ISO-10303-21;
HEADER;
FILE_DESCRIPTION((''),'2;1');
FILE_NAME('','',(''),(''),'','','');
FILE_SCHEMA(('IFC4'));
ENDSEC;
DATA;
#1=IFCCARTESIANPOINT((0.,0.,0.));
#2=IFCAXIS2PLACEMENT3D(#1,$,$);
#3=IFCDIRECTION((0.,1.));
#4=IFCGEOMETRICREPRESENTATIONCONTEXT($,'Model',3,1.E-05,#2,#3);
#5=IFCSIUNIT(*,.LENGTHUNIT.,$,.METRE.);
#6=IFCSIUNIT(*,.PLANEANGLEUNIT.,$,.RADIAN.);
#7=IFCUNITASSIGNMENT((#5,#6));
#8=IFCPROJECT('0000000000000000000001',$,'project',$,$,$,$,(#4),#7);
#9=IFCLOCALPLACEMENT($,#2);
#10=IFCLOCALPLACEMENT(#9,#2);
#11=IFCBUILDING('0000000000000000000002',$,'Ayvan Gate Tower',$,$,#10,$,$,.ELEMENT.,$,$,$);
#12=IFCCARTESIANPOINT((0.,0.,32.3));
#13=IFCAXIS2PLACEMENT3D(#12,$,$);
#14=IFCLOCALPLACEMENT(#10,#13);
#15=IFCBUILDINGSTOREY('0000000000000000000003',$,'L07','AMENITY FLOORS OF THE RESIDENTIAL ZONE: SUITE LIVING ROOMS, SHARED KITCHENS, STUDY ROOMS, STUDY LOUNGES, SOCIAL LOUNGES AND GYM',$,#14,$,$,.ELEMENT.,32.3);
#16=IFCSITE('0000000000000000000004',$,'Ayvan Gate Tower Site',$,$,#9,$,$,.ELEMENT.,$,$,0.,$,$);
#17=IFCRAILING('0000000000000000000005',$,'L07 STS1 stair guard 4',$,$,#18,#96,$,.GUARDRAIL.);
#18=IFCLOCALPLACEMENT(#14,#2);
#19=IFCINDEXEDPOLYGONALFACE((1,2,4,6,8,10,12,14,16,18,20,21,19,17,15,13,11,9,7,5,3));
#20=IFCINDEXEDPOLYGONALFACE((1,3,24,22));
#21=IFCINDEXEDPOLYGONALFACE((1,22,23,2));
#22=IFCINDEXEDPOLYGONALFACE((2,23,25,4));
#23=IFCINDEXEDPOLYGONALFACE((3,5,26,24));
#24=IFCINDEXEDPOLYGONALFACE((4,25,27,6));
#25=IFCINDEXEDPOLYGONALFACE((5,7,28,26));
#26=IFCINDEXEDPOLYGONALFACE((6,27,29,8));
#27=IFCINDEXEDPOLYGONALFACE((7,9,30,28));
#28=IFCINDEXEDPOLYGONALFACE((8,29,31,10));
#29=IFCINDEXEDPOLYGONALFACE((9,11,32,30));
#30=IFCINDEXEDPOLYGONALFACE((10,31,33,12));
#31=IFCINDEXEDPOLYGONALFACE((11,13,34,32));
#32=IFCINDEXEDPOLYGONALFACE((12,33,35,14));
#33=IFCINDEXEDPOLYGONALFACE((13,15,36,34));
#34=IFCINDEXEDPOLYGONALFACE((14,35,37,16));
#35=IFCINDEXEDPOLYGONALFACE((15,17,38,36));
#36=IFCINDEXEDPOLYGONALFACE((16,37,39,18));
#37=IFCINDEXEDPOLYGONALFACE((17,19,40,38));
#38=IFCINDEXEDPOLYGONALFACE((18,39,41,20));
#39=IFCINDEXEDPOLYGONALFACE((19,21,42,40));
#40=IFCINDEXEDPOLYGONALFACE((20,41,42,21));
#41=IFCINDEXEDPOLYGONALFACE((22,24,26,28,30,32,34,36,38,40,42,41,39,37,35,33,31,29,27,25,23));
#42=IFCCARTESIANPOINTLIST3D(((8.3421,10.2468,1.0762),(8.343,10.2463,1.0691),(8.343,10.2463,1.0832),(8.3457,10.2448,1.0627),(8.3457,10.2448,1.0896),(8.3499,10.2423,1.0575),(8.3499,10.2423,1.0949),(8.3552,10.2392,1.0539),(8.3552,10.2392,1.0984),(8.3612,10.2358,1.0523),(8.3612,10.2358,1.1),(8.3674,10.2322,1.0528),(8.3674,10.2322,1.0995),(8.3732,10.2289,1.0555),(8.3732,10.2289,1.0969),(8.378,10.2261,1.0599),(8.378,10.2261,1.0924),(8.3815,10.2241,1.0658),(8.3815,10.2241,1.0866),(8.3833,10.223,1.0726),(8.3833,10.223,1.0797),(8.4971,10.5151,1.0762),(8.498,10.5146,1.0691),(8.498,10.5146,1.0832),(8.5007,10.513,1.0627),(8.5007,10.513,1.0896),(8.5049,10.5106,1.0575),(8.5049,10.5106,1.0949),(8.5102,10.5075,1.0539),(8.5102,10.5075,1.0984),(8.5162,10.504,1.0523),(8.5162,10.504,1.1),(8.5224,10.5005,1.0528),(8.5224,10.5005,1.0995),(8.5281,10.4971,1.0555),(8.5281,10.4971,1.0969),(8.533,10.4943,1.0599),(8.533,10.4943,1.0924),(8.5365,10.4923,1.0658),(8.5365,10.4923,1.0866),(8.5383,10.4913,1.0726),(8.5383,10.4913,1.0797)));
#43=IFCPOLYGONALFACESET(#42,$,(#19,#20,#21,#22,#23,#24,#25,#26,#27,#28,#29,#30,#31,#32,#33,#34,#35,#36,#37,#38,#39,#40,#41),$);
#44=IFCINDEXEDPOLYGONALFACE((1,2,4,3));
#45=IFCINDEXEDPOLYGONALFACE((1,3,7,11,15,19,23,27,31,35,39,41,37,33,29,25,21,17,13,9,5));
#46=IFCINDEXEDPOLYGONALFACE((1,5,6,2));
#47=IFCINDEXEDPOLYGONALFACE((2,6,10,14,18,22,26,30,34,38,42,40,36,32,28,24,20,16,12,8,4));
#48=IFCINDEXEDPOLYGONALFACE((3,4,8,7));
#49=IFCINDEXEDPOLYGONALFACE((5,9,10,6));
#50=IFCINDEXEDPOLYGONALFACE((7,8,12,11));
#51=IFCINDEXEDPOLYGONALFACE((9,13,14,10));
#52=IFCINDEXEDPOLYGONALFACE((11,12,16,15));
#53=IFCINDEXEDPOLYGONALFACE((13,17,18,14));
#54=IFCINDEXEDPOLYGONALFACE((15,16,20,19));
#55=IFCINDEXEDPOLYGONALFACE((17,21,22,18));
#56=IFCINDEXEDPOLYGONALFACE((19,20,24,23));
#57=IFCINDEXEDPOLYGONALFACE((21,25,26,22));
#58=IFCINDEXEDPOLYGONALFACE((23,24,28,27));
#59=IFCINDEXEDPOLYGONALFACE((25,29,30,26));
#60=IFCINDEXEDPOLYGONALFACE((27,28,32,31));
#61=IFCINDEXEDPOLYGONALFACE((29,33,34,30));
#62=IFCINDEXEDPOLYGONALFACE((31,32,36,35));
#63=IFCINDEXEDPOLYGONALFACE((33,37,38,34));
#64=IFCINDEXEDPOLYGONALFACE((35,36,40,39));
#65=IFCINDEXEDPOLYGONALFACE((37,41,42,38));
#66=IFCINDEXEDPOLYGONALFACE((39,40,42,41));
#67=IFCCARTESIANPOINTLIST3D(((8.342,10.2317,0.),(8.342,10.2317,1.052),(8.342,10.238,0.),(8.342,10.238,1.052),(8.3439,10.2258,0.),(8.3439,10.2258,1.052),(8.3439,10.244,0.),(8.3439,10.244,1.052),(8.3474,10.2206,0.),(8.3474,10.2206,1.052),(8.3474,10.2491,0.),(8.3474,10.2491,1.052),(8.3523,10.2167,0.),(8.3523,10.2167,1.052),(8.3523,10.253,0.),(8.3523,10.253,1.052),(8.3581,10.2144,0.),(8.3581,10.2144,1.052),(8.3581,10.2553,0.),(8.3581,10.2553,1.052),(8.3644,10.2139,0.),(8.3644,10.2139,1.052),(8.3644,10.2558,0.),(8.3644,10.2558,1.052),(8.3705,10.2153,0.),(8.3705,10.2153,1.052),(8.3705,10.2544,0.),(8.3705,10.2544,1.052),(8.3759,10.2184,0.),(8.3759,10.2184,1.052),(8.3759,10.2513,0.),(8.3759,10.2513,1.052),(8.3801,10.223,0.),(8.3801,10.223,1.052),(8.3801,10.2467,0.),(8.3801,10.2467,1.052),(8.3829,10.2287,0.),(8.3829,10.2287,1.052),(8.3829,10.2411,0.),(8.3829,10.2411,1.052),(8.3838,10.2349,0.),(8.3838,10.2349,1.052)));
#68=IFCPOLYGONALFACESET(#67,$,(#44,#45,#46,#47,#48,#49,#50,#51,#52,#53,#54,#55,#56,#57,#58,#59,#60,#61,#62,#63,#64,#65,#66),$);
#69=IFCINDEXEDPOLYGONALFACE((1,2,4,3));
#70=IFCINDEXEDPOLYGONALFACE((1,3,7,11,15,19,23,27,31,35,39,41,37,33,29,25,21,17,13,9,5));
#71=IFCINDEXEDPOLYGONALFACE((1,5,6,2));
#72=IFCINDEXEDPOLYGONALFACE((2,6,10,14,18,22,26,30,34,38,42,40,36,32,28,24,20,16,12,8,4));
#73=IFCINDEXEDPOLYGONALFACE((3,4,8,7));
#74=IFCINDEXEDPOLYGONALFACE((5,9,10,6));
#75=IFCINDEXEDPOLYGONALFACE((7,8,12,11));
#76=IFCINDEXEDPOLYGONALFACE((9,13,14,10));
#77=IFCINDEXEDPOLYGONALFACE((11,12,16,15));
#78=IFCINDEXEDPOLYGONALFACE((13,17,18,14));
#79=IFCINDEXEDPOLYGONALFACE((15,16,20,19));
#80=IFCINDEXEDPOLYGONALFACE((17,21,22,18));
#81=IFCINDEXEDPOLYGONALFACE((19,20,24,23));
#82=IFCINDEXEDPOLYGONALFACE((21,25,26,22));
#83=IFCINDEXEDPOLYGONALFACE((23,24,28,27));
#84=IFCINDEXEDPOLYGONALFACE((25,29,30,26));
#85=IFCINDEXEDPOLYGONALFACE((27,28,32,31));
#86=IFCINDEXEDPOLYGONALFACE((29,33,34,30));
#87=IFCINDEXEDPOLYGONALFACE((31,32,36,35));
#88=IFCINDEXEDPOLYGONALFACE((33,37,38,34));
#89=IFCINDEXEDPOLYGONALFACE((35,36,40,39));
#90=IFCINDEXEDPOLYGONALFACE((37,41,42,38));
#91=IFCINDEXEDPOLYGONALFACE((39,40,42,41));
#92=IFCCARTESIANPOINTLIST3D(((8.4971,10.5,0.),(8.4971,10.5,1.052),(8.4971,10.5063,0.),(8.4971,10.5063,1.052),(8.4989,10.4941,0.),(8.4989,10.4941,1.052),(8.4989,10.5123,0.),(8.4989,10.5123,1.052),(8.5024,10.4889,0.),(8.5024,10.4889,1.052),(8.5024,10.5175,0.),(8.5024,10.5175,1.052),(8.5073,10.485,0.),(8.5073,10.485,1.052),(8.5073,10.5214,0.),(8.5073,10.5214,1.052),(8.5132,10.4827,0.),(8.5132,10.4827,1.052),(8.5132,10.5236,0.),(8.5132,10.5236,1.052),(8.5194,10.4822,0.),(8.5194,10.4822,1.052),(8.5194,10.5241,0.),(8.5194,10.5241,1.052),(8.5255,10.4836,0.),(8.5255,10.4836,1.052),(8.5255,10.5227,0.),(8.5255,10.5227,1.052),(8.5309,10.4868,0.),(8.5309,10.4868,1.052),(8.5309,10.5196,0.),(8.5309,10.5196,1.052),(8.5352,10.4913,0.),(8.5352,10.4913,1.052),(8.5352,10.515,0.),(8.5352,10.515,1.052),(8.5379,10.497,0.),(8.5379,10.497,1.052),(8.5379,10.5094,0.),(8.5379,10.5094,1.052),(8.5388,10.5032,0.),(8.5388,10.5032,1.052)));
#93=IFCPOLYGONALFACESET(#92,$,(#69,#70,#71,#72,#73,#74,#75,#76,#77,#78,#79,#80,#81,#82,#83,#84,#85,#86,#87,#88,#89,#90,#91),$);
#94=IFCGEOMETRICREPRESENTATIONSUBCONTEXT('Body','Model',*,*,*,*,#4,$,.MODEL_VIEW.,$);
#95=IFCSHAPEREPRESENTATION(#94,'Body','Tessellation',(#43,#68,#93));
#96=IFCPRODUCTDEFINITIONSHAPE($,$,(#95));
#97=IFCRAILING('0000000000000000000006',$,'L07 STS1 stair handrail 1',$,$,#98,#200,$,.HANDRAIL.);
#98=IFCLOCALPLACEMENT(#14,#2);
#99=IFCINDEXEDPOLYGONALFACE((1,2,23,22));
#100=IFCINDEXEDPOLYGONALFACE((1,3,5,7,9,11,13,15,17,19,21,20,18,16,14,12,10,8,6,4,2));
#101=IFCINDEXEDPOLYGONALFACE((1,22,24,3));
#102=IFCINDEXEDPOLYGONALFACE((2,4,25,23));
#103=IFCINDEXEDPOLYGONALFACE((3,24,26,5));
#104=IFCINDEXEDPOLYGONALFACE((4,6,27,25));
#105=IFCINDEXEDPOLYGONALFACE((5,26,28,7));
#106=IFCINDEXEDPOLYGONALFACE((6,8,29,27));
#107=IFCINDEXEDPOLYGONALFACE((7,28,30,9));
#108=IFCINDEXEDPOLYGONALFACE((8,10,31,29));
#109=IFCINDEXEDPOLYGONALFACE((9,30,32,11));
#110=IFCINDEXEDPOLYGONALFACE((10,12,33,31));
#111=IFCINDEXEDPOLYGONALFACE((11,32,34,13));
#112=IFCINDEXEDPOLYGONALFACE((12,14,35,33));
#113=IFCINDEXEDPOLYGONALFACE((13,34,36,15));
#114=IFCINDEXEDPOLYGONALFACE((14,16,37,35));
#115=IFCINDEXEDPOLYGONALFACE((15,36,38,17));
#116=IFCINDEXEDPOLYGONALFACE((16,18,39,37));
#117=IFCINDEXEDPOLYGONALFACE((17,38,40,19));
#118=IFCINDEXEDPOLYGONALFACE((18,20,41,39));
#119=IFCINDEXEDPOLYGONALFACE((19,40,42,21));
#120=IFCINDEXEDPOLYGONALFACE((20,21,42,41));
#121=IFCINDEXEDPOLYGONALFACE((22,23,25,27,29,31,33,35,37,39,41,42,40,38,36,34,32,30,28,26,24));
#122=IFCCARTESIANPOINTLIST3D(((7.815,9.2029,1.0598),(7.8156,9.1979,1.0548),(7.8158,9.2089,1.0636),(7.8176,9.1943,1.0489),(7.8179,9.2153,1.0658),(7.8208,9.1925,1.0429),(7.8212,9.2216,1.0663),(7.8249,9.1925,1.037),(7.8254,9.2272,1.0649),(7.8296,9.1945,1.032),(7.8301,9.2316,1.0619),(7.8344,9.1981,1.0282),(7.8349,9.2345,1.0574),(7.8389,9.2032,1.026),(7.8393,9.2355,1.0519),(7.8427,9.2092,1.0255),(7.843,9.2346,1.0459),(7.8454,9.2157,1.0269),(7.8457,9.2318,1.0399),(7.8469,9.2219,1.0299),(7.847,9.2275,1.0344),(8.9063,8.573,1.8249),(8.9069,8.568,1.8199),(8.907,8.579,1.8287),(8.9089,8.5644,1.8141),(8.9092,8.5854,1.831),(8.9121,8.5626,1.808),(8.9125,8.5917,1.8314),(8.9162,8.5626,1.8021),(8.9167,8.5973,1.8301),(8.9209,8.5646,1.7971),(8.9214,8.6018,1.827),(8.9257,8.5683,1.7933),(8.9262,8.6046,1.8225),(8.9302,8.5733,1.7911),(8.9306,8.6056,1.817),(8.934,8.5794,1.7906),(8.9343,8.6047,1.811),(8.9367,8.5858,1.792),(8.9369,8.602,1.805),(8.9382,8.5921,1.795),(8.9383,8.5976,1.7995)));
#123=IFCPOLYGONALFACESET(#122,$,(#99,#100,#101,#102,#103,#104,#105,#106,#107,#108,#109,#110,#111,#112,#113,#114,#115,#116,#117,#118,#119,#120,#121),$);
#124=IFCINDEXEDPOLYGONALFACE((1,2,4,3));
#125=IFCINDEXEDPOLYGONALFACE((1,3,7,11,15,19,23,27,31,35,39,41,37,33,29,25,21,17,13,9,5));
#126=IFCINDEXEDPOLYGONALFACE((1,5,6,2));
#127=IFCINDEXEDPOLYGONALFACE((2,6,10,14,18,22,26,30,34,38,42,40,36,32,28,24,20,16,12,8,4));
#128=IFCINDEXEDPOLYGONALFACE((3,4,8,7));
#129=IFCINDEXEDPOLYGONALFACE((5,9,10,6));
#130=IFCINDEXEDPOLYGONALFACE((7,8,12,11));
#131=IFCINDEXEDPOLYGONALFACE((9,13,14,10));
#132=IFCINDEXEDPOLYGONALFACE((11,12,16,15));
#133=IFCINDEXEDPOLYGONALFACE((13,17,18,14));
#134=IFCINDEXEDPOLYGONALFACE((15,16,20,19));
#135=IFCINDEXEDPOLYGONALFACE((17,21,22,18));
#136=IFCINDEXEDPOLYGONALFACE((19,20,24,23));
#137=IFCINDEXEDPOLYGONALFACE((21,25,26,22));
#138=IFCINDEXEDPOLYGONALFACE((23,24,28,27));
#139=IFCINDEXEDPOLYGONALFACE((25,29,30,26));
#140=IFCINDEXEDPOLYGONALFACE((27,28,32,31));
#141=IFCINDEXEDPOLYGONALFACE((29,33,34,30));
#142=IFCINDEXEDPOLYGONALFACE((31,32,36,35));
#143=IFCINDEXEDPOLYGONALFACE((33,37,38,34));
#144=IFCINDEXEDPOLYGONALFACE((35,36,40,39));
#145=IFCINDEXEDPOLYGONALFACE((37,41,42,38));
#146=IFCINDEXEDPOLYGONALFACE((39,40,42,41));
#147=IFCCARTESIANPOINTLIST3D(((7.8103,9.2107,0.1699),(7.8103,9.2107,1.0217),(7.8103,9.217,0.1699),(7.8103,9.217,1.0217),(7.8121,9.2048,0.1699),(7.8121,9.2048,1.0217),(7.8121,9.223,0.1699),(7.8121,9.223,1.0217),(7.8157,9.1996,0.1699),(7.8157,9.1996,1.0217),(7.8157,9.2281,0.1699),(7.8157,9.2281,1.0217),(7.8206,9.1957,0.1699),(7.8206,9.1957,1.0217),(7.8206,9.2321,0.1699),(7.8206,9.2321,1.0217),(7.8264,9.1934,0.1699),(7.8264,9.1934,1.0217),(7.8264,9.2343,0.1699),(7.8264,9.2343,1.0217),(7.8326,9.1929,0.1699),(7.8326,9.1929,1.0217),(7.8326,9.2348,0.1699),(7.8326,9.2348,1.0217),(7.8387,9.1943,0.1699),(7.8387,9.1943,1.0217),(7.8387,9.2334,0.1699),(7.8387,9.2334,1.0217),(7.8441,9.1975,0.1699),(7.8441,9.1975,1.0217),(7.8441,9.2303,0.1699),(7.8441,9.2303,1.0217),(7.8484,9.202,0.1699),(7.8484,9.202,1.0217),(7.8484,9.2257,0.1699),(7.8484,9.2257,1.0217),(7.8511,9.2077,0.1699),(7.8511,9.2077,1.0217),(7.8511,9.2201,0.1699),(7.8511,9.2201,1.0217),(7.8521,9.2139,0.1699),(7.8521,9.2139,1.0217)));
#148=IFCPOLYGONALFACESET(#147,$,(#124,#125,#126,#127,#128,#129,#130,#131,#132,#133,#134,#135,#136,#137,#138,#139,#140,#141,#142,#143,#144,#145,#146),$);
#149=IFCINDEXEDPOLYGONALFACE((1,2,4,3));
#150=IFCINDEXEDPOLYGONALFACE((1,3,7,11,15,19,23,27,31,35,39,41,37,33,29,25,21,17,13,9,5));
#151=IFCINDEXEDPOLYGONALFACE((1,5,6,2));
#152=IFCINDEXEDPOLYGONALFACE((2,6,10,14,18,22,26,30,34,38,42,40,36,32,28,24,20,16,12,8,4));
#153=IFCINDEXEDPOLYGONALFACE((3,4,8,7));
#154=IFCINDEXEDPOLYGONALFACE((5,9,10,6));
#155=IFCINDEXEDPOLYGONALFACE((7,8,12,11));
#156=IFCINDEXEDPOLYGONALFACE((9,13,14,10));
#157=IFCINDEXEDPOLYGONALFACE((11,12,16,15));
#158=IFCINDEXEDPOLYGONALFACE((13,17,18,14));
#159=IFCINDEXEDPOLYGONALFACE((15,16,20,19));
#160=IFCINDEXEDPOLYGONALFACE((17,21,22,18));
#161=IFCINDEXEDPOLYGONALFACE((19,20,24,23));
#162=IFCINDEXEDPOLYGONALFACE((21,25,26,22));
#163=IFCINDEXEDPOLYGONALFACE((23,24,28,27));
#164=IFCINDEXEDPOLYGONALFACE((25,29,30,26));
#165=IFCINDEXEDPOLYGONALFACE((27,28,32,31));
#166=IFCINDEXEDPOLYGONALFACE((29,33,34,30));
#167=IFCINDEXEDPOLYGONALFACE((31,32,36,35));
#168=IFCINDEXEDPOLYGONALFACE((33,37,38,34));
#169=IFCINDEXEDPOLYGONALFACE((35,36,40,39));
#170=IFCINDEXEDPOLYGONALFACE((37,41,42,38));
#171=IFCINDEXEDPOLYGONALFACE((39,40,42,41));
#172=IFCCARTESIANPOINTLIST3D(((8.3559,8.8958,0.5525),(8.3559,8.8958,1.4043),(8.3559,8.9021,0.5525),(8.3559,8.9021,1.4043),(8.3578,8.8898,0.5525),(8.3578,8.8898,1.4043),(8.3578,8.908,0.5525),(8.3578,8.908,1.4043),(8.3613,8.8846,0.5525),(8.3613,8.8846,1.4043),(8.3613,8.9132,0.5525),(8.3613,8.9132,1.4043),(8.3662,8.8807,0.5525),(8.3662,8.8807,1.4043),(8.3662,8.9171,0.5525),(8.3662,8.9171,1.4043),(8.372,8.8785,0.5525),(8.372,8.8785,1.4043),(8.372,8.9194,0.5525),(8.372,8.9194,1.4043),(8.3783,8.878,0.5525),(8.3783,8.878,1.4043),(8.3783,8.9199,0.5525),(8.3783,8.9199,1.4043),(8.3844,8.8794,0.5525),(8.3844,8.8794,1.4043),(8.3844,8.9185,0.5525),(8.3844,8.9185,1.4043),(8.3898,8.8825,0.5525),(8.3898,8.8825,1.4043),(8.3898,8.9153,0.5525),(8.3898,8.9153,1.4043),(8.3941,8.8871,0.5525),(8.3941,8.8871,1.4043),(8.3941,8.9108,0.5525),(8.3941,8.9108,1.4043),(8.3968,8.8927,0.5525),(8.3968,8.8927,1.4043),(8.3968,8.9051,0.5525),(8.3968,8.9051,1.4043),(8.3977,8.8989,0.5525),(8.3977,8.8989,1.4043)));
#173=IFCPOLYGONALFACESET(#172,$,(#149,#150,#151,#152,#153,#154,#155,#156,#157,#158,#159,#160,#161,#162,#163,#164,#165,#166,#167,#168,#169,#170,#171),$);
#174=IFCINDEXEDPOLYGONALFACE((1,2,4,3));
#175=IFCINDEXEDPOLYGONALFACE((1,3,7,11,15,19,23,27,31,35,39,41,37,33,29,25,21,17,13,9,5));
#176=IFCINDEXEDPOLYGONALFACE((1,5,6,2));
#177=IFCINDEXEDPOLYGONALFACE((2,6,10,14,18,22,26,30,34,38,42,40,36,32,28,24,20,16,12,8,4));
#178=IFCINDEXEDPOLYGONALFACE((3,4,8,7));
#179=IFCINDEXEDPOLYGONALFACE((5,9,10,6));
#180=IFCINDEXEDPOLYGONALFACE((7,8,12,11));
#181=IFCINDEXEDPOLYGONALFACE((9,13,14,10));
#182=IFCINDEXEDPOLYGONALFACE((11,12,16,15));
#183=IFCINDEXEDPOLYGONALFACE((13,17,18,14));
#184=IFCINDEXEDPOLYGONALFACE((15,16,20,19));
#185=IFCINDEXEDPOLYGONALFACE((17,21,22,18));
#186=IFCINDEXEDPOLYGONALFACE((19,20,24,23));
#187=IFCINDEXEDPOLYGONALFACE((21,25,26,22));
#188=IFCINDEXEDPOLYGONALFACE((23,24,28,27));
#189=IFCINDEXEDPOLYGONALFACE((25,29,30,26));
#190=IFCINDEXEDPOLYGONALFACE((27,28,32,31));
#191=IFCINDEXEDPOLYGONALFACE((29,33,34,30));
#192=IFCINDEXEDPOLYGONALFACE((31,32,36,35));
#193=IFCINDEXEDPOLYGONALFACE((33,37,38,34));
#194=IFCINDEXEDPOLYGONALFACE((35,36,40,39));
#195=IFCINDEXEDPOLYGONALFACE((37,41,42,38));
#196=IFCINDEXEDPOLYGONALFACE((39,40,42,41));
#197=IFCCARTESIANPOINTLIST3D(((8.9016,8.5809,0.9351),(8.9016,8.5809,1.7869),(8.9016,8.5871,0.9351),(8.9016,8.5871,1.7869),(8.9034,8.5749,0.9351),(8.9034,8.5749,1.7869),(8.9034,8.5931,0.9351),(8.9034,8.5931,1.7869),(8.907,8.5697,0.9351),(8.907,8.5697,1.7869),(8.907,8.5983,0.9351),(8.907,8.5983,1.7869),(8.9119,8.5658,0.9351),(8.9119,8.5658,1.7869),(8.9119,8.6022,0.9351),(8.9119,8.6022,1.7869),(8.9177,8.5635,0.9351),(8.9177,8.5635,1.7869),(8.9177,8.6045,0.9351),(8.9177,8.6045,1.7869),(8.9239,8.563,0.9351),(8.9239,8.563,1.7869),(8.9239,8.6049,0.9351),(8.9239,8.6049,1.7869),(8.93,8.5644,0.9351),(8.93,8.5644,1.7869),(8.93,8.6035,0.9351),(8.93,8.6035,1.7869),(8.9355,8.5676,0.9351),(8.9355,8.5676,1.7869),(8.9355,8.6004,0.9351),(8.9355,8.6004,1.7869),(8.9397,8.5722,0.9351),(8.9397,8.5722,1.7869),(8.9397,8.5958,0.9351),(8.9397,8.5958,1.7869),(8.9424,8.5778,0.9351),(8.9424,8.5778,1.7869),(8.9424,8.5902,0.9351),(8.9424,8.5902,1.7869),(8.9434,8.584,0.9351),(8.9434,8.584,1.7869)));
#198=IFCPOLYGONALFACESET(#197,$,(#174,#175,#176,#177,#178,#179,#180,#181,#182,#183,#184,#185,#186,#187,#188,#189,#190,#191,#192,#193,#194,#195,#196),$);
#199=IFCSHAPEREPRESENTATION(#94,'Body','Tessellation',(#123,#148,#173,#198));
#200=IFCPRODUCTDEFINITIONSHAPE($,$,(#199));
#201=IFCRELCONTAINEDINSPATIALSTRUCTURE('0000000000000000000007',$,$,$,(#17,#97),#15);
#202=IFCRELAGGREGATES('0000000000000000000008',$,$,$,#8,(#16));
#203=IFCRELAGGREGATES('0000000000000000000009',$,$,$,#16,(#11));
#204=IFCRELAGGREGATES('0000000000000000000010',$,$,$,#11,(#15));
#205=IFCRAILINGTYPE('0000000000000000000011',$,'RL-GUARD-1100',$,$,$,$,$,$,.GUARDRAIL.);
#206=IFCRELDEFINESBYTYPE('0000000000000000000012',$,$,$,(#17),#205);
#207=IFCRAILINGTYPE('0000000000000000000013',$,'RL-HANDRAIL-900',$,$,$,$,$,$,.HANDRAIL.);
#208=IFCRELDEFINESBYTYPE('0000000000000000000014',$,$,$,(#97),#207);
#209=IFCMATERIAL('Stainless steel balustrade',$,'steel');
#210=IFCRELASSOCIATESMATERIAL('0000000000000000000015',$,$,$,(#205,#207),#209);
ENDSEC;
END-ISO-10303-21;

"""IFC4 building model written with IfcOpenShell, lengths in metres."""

from ifc_helpers import new_model, si_unit, direction, frame, origin, origin_2d, place, context, subcontext, project, spatial, circle, extrude, material, type_object, element, save


model = new_model("IFC4")

# Units and contexts
model_context = context("Model", 3, precision=1e-05, world=origin(), true_north=direction((0.0, 1.0)))
body_context = subcontext(model_context, "Body", "Model", "MODEL_VIEW")
ifc_project = project(units=[si_unit("LENGTHUNIT", "METRE"), si_unit("PLANEANGLEUNIT", "RADIAN")], contexts=[model_context])

# Site, building, storey
site_placement = place(None, origin())
site = spatial("IfcSite", under=ifc_project, at=site_placement, Name="Ayvan Gate Tower Site", CompositionType="ELEMENT", RefElevation=0.0)
building_placement = place(site_placement, origin())
building = spatial("IfcBuilding", under=site, at=building_placement, Name="Ayvan Gate Tower", CompositionType="ELEMENT")
storey_placement = place(building_placement, frame((0.0, 0.0, 32.3)))
storey = spatial("IfcBuildingStorey", under=building, at=storey_placement, Name="L07", Description="AMENITY FLOORS OF THE RESIDENTIAL ZONE: SUITE LIVING ROOMS, SHARED KITCHENS, STUDY ROOMS, STUDY LOUNGES, SOCIAL LOUNGES AND GYM", CompositionType="ELEMENT", Elevation=32.3)

# Railings
ifc_material_1 = material(Name="Stainless steel balustrade", Category="steel")
railing_type_1 = type_object("IfcRailingType", Name="RL-GUARD-1100", PredefinedType="GUARDRAIL", material=ifc_material_1)
railing_1_placement = place(storey_placement, frame((8.3628, 10.2349, 0.0)))
element("IfcRailing", 1, at=railing_1_placement, inside=storey, type_object=railing_type_1, Name="L07 STS1 stair guard 4", PredefinedType="GUARDRAIL", context=body_context, shape_type="SweptSolid", body=[
    extrude(circle(Radius=0.0239, at=origin_2d()), frame((0.0, 0.0, 1.0762), z_axis=(0.500291, 0.865857, 0.0), x_axis=(-0.865857, 0.500291, 0.0)), (0.0, 0.0, 1.0), 0.3098),
    extrude(circle(Radius=0.021, at=origin_2d()), origin(), (0.0, 0.0, 1.0), 1.052),
    extrude(circle(Radius=0.021, at=origin_2d()), frame((0.155, 0.2683, 0.0)), (0.0, 0.0, 1.0), 1.052),
])
railing_type_2 = type_object("IfcRailingType", Name="RL-HANDRAIL-900", PredefinedType="HANDRAIL", material=ifc_material_1)
railing_2_placement = place(storey_placement, frame((7.8311, 9.2139, 0.1699)))
element("IfcRailing", 2, at=railing_2_placement, inside=storey, type_object=railing_type_2, Name="L07 STS1 stair handrail 1", PredefinedType="HANDRAIL", context=body_context, shape_type="SweptSolid", body=[
    extrude(circle(Radius=0.0239, at=origin_2d()), frame((0.0, 0.0, 0.876), z_axis=(0.740293, -0.427283, 0.519033), x_axis=(0.49989, 0.866089, 0.0)), (0.0, 0.0, 1.0), 1.4741),
    extrude(circle(Radius=0.021, at=origin_2d()), origin(), (0.0, 0.0, 1.0), 0.8518),
    extrude(circle(Radius=0.021, at=origin_2d()), frame((0.5457, -0.3149, 0.3826)), (0.0, 0.0, 1.0), 0.8518),
    extrude(circle(Radius=0.021, at=origin_2d()), frame((1.0913, -0.6299, 0.7651)), (0.0, 0.0, 1.0), 0.8518),
])

save(model, "model.ifc")
